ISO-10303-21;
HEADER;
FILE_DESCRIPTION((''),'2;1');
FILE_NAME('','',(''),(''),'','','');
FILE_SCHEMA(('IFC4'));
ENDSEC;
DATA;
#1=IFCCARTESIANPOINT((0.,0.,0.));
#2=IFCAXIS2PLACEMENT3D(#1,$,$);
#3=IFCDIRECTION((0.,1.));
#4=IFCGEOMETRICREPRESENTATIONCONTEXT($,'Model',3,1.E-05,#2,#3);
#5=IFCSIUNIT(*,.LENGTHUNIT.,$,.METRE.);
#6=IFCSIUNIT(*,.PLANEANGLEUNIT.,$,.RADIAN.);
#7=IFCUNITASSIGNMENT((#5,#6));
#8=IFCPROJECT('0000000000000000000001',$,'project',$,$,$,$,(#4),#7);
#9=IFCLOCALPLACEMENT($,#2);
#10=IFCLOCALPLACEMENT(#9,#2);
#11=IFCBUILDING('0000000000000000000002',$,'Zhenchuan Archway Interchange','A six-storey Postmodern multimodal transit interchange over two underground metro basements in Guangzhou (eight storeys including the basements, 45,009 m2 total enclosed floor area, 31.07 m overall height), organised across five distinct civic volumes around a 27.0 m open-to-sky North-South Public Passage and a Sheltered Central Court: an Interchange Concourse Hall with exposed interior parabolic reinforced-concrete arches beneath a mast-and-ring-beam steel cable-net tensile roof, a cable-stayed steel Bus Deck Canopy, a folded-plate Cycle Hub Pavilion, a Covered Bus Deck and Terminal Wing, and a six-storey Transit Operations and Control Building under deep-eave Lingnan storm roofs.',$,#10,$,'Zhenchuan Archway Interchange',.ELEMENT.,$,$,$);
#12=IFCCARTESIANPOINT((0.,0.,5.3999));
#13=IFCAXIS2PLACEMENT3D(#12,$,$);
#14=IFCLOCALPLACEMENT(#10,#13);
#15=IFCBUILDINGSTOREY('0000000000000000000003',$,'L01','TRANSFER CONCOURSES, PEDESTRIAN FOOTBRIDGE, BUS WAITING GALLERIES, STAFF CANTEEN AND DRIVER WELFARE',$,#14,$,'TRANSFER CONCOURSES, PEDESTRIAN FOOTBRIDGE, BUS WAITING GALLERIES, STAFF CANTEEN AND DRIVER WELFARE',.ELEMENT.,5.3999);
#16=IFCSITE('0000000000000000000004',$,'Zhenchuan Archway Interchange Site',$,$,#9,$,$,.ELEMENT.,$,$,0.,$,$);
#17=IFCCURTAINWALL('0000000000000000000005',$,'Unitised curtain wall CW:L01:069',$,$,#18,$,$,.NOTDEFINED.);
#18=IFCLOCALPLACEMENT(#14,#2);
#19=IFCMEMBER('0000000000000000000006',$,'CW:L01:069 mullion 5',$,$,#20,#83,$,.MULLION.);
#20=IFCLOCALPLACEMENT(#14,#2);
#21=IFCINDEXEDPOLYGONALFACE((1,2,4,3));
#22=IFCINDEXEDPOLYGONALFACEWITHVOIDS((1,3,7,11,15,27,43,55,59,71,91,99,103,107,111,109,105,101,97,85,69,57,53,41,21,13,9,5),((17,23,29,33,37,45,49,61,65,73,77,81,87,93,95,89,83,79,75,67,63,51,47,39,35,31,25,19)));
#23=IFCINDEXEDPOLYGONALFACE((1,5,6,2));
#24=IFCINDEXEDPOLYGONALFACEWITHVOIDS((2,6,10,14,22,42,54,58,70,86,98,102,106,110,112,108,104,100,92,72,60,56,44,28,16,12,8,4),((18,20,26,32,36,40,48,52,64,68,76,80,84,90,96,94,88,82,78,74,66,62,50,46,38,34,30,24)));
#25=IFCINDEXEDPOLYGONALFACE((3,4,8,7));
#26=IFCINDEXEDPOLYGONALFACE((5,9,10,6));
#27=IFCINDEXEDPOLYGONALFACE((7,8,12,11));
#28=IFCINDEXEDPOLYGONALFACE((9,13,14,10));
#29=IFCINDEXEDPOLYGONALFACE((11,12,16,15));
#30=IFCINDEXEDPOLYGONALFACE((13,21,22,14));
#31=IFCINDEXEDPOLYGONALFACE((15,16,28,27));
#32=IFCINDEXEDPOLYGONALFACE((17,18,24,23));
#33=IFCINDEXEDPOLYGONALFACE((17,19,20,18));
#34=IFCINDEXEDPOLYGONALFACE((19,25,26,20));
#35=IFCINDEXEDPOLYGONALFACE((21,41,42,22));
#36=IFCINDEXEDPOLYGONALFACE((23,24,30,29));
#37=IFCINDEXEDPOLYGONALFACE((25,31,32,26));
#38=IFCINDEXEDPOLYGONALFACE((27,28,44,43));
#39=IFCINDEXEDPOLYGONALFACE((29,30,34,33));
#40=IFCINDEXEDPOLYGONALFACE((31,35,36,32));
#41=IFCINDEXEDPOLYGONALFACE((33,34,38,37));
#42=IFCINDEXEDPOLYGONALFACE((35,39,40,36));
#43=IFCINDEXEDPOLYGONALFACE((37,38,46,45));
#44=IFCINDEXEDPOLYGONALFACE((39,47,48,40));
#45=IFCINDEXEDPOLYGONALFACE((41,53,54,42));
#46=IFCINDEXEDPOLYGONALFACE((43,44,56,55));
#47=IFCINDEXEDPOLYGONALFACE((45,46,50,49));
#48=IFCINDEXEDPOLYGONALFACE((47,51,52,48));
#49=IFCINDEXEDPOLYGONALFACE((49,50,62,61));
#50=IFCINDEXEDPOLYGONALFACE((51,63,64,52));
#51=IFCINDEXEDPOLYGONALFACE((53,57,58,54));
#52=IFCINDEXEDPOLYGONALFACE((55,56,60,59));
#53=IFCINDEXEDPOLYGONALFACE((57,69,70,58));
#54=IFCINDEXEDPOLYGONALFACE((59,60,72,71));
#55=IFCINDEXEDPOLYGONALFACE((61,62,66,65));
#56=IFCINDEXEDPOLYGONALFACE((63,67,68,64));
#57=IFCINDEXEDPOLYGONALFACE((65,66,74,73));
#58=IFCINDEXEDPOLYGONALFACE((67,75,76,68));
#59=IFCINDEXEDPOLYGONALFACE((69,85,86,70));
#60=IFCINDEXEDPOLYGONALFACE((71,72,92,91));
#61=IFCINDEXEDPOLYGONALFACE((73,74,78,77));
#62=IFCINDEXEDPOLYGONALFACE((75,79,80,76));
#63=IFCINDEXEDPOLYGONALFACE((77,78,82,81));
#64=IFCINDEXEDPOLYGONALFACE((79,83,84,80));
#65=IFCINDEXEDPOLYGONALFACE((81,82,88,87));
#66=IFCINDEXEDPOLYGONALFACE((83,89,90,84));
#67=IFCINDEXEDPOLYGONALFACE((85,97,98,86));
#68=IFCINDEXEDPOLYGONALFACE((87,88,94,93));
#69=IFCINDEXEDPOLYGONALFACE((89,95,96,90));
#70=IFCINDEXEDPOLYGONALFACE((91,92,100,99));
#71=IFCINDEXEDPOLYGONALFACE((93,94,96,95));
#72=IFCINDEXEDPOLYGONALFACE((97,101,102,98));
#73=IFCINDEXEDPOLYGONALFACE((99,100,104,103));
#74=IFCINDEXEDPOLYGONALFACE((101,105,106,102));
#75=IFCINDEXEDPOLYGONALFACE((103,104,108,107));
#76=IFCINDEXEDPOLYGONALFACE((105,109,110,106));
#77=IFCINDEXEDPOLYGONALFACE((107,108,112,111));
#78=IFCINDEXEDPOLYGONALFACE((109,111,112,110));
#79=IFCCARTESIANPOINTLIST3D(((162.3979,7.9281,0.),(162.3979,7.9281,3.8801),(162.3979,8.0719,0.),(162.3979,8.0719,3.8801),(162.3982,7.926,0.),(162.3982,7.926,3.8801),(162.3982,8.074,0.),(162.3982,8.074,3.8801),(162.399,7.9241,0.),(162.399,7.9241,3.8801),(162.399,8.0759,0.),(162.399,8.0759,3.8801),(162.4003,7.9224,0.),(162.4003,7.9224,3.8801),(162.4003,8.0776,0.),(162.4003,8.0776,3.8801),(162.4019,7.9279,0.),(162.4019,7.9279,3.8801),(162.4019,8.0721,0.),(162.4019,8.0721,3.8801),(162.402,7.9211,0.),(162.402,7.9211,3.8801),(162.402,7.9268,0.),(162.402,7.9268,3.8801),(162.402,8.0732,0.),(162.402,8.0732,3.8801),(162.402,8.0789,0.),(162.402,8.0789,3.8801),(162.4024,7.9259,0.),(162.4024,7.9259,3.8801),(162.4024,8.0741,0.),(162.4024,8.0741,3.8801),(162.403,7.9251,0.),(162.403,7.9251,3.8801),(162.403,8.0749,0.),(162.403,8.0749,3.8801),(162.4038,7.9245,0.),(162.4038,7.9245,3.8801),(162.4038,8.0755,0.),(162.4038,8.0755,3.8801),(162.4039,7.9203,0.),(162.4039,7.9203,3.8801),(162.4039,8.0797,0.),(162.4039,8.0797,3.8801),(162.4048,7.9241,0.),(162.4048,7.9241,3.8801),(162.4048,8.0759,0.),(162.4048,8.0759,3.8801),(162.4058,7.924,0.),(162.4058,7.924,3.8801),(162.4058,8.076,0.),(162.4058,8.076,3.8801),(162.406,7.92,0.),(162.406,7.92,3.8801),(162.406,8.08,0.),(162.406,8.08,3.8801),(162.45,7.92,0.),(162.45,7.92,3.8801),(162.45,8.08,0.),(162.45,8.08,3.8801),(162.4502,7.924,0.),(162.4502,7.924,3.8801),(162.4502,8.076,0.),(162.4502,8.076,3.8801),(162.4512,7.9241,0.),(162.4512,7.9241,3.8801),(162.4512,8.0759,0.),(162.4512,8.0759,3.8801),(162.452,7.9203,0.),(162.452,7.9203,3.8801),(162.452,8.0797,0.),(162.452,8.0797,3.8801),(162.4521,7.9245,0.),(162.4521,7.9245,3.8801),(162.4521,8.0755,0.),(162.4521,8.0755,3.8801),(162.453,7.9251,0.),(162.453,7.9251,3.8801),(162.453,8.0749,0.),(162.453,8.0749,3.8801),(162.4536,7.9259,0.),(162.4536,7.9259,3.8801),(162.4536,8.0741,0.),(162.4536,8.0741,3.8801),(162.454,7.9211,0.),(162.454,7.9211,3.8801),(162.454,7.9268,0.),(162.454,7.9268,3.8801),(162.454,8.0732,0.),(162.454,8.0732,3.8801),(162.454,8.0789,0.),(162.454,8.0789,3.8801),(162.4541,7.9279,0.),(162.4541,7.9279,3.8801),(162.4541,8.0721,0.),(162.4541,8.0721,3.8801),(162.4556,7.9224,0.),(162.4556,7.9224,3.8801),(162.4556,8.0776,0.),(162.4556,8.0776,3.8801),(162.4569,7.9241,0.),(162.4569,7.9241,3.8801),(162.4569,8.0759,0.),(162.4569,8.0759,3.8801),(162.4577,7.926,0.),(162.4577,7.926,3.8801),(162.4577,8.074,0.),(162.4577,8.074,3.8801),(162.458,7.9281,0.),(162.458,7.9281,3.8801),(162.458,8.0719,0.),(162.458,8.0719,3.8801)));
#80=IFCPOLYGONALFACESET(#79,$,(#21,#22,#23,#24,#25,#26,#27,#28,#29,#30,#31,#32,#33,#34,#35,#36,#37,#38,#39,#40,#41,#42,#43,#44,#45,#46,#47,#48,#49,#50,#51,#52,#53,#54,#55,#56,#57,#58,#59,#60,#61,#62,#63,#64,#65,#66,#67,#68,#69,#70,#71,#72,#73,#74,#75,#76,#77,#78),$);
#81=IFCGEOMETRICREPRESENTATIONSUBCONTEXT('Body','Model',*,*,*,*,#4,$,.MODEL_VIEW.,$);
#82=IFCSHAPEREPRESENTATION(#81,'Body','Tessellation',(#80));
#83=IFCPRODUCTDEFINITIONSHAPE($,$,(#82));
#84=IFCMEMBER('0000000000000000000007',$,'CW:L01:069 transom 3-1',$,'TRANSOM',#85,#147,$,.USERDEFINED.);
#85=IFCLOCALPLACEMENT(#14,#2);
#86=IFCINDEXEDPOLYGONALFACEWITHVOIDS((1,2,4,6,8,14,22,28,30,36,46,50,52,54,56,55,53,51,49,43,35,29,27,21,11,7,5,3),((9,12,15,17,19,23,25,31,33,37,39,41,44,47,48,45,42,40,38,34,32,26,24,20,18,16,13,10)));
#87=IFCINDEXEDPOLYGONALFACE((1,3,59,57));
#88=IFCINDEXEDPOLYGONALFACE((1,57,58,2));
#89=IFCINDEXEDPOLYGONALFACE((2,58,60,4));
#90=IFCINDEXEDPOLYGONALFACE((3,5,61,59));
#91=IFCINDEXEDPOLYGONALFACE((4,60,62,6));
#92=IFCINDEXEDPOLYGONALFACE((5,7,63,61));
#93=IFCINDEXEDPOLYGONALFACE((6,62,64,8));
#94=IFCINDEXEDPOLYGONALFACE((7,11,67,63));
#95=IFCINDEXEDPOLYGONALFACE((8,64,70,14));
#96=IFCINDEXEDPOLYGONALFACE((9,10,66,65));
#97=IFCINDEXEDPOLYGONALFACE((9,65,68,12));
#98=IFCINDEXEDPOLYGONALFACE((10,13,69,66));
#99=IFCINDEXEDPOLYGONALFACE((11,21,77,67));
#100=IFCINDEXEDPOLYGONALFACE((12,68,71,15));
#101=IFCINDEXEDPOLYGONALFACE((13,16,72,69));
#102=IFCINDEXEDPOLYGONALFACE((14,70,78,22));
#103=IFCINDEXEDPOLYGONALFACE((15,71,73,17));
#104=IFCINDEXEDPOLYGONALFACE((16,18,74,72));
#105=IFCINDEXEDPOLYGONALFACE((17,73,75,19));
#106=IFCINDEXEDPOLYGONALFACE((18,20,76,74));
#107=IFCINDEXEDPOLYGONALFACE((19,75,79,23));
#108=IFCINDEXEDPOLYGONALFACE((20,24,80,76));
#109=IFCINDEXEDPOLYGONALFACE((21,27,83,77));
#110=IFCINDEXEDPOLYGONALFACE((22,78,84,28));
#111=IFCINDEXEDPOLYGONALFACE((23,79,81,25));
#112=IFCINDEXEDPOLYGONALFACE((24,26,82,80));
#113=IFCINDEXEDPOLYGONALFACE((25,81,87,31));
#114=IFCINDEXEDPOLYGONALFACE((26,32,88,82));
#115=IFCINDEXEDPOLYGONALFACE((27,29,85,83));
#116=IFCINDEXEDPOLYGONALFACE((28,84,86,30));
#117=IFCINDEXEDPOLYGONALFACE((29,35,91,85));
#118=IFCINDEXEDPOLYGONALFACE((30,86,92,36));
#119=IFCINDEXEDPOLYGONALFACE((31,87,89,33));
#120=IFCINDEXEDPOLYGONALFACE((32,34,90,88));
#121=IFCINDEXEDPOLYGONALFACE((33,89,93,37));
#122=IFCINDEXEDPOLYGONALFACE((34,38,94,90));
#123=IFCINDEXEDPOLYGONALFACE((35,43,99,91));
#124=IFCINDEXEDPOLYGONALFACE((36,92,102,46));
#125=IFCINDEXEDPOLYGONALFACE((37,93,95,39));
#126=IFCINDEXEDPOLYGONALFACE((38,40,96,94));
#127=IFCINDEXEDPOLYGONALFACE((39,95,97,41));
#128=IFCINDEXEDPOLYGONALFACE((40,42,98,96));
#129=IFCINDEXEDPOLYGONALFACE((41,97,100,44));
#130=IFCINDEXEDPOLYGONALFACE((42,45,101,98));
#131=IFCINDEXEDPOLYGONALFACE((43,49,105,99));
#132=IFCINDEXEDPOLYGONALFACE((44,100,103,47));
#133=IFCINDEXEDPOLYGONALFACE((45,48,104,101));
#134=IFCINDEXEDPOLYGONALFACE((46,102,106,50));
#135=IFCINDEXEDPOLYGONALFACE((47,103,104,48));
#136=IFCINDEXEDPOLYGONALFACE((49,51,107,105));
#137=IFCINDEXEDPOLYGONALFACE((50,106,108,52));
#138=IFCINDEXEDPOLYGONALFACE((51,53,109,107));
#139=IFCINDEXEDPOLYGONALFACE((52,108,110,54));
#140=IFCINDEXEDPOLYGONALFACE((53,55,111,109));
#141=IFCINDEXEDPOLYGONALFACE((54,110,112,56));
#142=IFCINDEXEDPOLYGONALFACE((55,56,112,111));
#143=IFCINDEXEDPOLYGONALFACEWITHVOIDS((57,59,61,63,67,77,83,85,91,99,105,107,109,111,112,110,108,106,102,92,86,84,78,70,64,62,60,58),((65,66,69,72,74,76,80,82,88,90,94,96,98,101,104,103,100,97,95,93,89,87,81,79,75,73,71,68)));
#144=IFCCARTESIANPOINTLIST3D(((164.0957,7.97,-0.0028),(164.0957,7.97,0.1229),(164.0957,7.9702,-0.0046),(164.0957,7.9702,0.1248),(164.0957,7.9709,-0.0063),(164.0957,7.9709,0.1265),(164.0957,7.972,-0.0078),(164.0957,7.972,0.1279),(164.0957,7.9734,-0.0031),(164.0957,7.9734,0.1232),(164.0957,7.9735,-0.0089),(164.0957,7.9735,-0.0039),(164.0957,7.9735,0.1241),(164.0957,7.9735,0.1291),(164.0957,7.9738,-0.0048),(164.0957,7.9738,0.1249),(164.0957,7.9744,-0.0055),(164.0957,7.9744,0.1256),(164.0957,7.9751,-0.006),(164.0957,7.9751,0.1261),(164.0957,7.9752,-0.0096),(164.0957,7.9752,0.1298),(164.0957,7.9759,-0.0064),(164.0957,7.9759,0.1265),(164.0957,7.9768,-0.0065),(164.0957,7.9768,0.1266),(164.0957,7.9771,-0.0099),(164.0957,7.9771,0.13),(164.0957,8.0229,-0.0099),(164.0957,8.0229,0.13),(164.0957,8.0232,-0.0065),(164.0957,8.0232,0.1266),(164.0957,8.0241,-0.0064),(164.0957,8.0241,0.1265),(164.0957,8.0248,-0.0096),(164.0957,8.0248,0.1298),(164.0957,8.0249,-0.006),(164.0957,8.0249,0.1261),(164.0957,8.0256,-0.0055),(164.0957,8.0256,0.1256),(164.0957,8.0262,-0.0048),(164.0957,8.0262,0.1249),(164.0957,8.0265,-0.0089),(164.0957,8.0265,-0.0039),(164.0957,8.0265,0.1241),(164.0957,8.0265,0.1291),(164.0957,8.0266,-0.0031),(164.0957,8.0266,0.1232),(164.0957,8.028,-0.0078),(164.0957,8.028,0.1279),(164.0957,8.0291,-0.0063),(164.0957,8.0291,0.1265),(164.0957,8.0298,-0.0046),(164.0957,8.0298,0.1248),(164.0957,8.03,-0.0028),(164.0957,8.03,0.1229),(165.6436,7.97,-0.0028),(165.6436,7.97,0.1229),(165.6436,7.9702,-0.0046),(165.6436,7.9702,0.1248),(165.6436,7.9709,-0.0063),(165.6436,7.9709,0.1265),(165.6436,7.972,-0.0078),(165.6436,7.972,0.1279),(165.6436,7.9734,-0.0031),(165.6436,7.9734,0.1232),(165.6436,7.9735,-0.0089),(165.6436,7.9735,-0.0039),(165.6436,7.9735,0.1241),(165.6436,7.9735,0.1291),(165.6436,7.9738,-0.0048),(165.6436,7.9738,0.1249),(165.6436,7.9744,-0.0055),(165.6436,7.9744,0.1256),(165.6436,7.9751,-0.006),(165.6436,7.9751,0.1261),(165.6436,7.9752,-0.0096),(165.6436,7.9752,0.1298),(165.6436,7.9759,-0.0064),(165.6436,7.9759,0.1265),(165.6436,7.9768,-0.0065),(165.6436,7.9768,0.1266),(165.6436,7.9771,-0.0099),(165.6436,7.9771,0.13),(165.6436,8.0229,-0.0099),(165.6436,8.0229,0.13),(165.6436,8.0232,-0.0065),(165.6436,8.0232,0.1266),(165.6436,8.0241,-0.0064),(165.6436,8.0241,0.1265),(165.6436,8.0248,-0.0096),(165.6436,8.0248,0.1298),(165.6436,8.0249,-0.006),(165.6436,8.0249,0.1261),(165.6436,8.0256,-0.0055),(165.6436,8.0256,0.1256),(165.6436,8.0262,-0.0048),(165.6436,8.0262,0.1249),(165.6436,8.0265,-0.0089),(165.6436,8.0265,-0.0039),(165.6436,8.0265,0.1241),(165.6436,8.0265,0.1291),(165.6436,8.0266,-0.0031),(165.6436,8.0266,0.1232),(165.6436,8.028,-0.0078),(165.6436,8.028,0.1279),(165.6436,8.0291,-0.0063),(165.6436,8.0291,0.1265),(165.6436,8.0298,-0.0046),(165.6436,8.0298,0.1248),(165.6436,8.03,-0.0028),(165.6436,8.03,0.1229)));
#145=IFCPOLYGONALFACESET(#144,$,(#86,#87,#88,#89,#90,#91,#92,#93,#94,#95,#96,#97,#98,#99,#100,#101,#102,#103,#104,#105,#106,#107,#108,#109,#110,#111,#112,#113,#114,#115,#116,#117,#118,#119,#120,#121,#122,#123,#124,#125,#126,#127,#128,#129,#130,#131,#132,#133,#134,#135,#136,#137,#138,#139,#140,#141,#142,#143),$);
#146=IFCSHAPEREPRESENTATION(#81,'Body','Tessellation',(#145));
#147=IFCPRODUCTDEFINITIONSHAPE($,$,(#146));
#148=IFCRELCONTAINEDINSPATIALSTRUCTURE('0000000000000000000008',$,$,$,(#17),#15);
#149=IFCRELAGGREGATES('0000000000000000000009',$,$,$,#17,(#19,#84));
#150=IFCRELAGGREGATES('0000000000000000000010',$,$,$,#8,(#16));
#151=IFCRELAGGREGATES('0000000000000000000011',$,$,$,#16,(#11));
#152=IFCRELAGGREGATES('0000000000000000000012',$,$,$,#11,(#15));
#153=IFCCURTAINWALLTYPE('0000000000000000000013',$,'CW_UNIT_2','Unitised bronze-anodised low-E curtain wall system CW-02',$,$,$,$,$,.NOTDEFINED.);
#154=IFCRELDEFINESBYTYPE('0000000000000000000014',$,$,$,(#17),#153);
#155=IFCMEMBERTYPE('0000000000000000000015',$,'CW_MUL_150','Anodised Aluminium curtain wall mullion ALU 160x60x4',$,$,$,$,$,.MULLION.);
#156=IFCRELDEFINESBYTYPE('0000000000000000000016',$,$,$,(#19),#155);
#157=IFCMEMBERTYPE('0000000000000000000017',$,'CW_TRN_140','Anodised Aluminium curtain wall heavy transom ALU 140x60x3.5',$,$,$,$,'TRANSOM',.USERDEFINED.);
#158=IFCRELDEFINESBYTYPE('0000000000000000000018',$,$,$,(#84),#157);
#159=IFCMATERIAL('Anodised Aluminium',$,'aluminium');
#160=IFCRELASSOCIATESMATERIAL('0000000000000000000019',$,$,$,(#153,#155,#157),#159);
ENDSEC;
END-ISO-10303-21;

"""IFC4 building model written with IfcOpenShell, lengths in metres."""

from ifc_helpers import new_model, si_unit, direction, frame, origin, origin_2d, place, context, subcontext, project, spatial, hollow_rectangle, extrude, material, material_profile, profile_set, type_object, element, aggregate, save


model = new_model("IFC4")

# Units and contexts
model_context = context("Model", 3, precision=1e-05, world=origin(), true_north=direction((0.0, 1.0)))
body_context = subcontext(model_context, "Body", "Model", "MODEL_VIEW")
ifc_project = project(units=[si_unit("LENGTHUNIT", "METRE"), si_unit("PLANEANGLEUNIT", "RADIAN")], contexts=[model_context])

# Site, building, storey
site_placement = place(None, origin())
site = spatial("IfcSite", under=ifc_project, at=site_placement, Name="Zhenchuan Archway Interchange Site", CompositionType="ELEMENT", RefElevation=0.0)
building_placement = place(site_placement, origin())
building = spatial("IfcBuilding", under=site, at=building_placement, Name="Zhenchuan Archway Interchange", Description="A six-storey Postmodern multimodal transit interchange over two underground metro basements in Guangzhou (eight storeys including the basements, 45,009 m2 total enclosed floor area, 31.07 m overall height), organised across five distinct civic volumes around a 27.0 m open-to-sky North-South Public Passage and a Sheltered Central Court: an Interchange Concourse Hall with exposed interior parabolic reinforced-concrete arches beneath a mast-and-ring-beam steel cable-net tensile roof, a cable-stayed steel Bus Deck Canopy, a folded-plate Cycle Hub Pavilion, a Covered Bus Deck and Terminal Wing, and a six-storey Transit Operations and Control Building under deep-eave Lingnan storm roofs.", LongName="Zhenchuan Archway Interchange", CompositionType="ELEMENT")
storey_placement = place(building_placement, frame((0.0, 0.0, 5.3999)))
storey = spatial("IfcBuildingStorey", under=building, at=storey_placement, Name="L01", Description="TRANSFER CONCOURSES, PEDESTRIAN FOOTBRIDGE, BUS WAITING GALLERIES, STAFF CANTEEN AND DRIVER WELFARE", LongName="TRANSFER CONCOURSES, PEDESTRIAN FOOTBRIDGE, BUS WAITING GALLERIES, STAFF CANTEEN AND DRIVER WELFARE", CompositionType="ELEMENT", Elevation=5.3999)

# Curtain wall, members
ifc_material_1 = material(Name="Anodised Aluminium", Category="aluminium")
curtain_wall_type = type_object("IfcCurtainWallType", Name="CW_UNIT_2", Description="Unitised bronze-anodised low-E curtain wall system CW-02", PredefinedType="NOTDEFINED", material=ifc_material_1)
curtain_wall_placement = place(storey_placement, origin())
curtain_wall = element("IfcCurtainWall", 1, at=curtain_wall_placement, inside=storey, type_object=curtain_wall_type, Name="Unitised curtain wall CW:L01:069", PredefinedType="NOTDEFINED")
ifc_material_profile_1 = material_profile(ifc_material_1, hollow_rectangle(XDim=0.0601, YDim=0.1599, WallThickness=0.0039, InnerFilletRadius=0.0039, OuterFilletRadius=0.0081, at=origin_2d()), Name="ALU 160x60x4")
ifc_profile_set_1 = profile_set([ifc_material_profile_1], Name="Anodised Aluminium")
member_type_1 = type_object("IfcMemberType", Name="CW_MUL_150", Description="Anodised Aluminium curtain wall mullion ALU 160x60x4", PredefinedType="MULLION", material=ifc_profile_set_1)
member_1_placement = place(storey_placement, frame((162.428, 8.0, 0.0), z_axis=(0.0, 0.0, 1.0), x_axis=(1.0, 0.0, 0.0)))
member_1 = element("IfcMember", 2, at=member_1_placement, type_object=member_type_1, Name="CW:L01:069 mullion 5", PredefinedType="MULLION", context=body_context, shape_type="SweptSolid", body=[
    extrude(hollow_rectangle(XDim=0.0601, YDim=0.1599, WallThickness=0.0039, InnerFilletRadius=0.0039, OuterFilletRadius=0.0081, at=origin_2d()), origin(), (0.0, 0.0, 1.0), 3.8801),
])
ifc_material_profile_2 = material_profile(ifc_material_1, hollow_rectangle(XDim=0.0601, YDim=0.1399, WallThickness=0.0034, InnerFilletRadius=0.0034, OuterFilletRadius=0.0071, at=origin_2d()), Name="ALU 140x60x3.5")
ifc_profile_set_2 = profile_set([ifc_material_profile_2], Name="Anodised Aluminium")
member_type_2 = type_object("IfcMemberType", Name="CW_TRN_140", Description="Anodised Aluminium curtain wall heavy transom ALU 140x60x3.5", ElementType="TRANSOM", PredefinedType="USERDEFINED", material=ifc_profile_set_2)
member_2_placement = place(storey_placement, frame((165.6436, 8.0, 0.0601), z_axis=(-1.0, 0.0, 0.0), x_axis=(0.0, -1.0, 0.0)))
member_2 = element("IfcMember", 3, at=member_2_placement, type_object=member_type_2, Name="CW:L01:069 transom 3-1", ObjectType="TRANSOM", PredefinedType="USERDEFINED", context=body_context, shape_type="SweptSolid", body=[
    extrude(hollow_rectangle(XDim=0.0601, YDim=0.1399, WallThickness=0.0034, InnerFilletRadius=0.0034, OuterFilletRadius=0.0071, at=origin_2d()), origin(), (0.0, 0.0, 1.0), 1.5479),
])

aggregate(curtain_wall, [member_1, member_2])

save(model, "model.ifc")
